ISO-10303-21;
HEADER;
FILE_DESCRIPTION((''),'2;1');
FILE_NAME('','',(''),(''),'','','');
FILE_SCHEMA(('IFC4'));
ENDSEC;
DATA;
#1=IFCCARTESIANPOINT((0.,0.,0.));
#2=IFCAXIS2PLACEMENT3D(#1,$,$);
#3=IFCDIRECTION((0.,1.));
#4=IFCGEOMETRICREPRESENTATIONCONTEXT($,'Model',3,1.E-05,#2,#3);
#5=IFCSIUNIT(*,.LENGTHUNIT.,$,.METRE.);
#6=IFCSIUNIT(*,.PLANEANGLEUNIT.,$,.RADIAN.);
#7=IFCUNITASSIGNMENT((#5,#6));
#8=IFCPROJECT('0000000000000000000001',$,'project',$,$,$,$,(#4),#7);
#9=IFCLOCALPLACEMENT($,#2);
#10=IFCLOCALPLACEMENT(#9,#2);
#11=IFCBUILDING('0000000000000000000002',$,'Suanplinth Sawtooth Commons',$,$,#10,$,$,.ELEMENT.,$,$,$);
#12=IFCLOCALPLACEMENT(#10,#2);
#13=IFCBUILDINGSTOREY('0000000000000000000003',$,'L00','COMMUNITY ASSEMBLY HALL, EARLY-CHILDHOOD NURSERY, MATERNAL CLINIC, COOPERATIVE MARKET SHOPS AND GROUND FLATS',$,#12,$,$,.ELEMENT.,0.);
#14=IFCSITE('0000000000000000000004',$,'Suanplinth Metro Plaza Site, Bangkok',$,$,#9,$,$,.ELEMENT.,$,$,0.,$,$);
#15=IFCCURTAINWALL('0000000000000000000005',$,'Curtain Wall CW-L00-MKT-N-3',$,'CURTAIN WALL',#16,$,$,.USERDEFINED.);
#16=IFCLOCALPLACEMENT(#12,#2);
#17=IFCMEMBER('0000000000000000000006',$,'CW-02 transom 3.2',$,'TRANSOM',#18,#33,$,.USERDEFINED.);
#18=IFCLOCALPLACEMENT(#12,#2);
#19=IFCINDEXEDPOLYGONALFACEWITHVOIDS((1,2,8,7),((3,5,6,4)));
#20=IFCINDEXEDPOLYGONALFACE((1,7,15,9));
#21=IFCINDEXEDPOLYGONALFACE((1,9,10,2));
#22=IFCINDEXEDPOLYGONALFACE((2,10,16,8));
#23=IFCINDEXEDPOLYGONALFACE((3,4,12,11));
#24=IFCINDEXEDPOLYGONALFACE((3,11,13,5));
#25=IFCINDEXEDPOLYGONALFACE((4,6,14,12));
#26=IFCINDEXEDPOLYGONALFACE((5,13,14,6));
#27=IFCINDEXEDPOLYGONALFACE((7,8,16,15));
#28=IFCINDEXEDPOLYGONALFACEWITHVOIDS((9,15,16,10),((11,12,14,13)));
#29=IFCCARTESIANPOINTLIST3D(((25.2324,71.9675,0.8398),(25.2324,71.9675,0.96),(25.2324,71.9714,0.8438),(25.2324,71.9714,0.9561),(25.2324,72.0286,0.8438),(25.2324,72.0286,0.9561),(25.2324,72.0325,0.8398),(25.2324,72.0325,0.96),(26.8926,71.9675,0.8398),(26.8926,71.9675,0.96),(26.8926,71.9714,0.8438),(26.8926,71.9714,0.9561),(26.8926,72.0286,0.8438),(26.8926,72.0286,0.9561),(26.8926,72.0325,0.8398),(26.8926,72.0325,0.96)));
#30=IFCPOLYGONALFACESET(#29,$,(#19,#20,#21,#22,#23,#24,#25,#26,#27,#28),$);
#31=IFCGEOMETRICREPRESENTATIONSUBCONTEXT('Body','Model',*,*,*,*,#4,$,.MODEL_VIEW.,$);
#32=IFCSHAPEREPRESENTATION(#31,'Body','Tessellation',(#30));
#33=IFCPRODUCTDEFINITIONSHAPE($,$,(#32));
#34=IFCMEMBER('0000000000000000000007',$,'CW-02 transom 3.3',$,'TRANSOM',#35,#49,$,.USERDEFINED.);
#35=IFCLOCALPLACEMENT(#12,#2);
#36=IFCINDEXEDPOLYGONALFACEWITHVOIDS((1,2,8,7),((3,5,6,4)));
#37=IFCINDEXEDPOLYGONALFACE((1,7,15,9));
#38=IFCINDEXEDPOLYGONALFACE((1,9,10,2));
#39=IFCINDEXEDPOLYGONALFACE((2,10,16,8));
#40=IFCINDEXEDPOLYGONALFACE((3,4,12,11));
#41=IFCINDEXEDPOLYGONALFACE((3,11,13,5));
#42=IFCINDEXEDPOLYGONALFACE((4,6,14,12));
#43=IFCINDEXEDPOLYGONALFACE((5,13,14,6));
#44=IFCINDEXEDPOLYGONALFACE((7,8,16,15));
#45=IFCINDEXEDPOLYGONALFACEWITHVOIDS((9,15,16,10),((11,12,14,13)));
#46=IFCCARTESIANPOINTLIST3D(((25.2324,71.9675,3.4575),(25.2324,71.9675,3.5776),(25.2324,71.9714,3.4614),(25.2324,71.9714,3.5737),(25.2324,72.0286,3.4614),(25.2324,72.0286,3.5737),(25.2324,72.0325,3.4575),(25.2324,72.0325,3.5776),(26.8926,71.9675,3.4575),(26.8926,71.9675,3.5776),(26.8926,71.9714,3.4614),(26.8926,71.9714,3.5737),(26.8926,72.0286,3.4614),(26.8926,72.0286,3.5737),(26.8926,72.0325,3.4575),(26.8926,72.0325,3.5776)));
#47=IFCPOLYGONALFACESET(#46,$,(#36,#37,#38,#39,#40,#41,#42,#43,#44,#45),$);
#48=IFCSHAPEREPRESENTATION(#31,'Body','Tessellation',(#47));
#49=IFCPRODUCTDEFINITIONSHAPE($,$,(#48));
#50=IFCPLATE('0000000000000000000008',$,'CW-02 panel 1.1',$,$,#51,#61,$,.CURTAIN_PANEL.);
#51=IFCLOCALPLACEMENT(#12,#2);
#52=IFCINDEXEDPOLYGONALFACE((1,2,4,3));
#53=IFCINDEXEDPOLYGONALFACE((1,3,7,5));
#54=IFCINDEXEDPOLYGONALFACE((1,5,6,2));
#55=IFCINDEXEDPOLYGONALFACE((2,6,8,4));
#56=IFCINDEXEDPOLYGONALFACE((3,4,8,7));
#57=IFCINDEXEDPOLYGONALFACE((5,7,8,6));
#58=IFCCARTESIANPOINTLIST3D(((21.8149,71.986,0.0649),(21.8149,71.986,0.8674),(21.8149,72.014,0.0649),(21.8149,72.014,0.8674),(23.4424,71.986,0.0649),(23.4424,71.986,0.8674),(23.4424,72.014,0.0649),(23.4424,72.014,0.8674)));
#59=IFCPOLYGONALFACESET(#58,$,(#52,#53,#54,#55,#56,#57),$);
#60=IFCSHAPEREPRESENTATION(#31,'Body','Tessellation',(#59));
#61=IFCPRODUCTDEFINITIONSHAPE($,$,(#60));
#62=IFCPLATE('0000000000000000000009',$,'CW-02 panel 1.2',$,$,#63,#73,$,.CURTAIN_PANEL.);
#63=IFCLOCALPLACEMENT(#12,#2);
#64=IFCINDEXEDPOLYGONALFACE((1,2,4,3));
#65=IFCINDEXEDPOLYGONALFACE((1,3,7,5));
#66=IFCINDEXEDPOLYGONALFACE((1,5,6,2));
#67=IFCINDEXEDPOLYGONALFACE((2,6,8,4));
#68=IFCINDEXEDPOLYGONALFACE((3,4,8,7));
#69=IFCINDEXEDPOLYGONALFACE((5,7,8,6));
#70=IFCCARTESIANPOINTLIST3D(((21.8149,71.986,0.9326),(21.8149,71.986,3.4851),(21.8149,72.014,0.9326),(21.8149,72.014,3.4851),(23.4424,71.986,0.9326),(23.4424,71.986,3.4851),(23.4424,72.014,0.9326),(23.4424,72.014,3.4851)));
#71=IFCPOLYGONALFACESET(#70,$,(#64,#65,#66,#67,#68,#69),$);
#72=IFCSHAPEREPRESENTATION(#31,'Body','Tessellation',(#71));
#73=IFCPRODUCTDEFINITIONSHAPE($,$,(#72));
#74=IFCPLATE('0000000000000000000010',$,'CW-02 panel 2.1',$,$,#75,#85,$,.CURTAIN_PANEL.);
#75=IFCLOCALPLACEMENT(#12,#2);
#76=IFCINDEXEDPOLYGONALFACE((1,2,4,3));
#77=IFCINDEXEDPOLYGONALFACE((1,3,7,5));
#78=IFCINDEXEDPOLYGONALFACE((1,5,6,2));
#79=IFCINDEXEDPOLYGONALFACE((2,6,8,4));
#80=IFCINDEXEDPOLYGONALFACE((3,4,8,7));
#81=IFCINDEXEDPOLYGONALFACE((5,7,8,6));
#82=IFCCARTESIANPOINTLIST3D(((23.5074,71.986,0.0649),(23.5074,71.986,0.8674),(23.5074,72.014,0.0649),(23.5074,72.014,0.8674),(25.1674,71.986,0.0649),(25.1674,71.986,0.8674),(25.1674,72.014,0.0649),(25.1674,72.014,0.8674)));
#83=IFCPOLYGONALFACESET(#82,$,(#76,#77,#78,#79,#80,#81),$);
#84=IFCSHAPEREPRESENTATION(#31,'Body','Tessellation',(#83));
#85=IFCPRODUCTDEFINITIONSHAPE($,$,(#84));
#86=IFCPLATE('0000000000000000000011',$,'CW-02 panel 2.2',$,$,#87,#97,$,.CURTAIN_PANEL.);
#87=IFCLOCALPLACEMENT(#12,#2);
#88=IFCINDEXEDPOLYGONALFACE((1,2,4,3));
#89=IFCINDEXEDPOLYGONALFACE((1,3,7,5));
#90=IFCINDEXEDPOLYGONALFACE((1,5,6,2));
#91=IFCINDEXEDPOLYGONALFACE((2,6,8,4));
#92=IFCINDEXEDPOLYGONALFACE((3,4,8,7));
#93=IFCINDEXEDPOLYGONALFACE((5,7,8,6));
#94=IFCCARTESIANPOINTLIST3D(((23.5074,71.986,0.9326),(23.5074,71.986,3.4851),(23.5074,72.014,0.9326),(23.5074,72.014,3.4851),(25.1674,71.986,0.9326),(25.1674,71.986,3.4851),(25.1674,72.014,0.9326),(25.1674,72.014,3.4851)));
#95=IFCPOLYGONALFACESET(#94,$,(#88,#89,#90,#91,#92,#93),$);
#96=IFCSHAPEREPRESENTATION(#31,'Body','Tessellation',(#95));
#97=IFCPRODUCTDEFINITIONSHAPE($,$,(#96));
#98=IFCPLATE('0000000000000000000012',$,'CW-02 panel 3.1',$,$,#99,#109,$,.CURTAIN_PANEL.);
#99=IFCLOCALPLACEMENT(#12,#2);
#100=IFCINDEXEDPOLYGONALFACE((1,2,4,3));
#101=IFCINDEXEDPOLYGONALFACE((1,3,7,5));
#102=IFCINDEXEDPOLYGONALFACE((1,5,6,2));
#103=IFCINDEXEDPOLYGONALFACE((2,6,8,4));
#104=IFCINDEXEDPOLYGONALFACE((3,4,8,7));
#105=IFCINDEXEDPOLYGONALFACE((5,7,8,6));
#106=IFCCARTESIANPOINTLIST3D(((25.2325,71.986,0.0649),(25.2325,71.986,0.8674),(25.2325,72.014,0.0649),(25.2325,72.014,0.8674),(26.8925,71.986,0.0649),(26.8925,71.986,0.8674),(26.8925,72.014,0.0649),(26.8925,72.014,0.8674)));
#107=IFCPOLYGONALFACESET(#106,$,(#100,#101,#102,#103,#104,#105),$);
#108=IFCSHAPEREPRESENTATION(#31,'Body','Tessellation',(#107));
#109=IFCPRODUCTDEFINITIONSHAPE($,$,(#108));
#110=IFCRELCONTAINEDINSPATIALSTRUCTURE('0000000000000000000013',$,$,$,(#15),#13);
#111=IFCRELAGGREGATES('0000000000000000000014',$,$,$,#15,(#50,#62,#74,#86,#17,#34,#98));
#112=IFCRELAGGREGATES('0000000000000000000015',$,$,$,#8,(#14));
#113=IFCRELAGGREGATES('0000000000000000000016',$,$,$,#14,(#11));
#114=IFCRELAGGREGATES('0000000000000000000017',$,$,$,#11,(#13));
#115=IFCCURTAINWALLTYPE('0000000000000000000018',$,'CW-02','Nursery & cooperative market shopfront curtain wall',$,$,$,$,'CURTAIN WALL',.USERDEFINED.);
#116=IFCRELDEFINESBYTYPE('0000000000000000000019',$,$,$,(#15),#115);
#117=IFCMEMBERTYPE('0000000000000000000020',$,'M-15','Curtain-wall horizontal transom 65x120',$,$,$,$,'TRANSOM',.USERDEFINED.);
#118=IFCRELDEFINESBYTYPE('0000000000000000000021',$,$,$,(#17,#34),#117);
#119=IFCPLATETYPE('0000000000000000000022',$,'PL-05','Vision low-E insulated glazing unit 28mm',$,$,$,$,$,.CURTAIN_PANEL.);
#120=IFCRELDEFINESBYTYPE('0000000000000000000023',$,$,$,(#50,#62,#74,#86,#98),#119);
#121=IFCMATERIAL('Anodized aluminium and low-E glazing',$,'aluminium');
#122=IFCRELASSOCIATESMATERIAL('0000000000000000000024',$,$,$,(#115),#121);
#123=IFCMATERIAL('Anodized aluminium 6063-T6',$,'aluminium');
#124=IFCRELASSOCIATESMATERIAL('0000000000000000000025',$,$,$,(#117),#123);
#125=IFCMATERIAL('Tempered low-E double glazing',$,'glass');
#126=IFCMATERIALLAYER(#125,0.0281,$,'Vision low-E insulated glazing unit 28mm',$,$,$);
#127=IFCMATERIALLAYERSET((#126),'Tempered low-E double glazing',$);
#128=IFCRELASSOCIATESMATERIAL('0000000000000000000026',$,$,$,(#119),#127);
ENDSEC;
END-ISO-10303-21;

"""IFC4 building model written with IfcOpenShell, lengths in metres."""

from ifc_helpers import new_model, si_unit, direction, frame, origin, origin_2d, place, context, subcontext, project, spatial, rectangle, hollow_rectangle, extrude, material, layer, layer_set, material_profile, profile_set, type_object, element, aggregate, save


model = new_model("IFC4")

# Units and contexts
model_context = context("Model", 3, precision=1e-05, world=origin(), true_north=direction((0.0, 1.0)))
body_context = subcontext(model_context, "Body", "Model", "MODEL_VIEW")
ifc_project = project(units=[si_unit("LENGTHUNIT", "METRE"), si_unit("PLANEANGLEUNIT", "RADIAN")], contexts=[model_context])

# Site, building, storey
site_placement = place(None, origin())
site = spatial("IfcSite", under=ifc_project, at=site_placement, Name="Suanplinth Metro Plaza Site, Bangkok", CompositionType="ELEMENT", RefElevation=0.0)
building_placement = place(site_placement, origin())
building = spatial("IfcBuilding", under=site, at=building_placement, Name="Suanplinth Sawtooth Commons", CompositionType="ELEMENT")
storey_placement = place(building_placement, origin())
storey = spatial("IfcBuildingStorey", under=building, at=storey_placement, Name="L00", Description="COMMUNITY ASSEMBLY HALL, EARLY-CHILDHOOD NURSERY, MATERNAL CLINIC, COOPERATIVE MARKET SHOPS AND GROUND FLATS", CompositionType="ELEMENT", Elevation=0.0)

# Curtain wall, members, plates
ifc_material_1 = material(Name="Anodized aluminium and low-E glazing", Category="aluminium")
curtain_wall_type = type_object("IfcCurtainWallType", Name="CW-02", Description="Nursery & cooperative market shopfront curtain wall", ElementType="CURTAIN WALL", PredefinedType="USERDEFINED", material=ifc_material_1)
curtain_wall_placement = place(storey_placement, origin())
curtain_wall = element("IfcCurtainWall", 1, at=curtain_wall_placement, inside=storey, type_object=curtain_wall_type, Name="Curtain Wall CW-L00-MKT-N-3", ObjectType="CURTAIN WALL", PredefinedType="USERDEFINED")
ifc_material_2 = material(Name="Anodized aluminium 6063-T6", Category="aluminium")
ifc_material_profile_1 = material_profile(ifc_material_2, hollow_rectangle(XDim=0.0649, YDim=0.1201, WallThickness=0.0039, at=origin_2d()), Name="ALU-TRN 65x120")
ifc_profile_set_1 = profile_set([ifc_material_profile_1], Name="Anodized aluminium 6063-T6")
member_type_1 = type_object("IfcMemberType", Name="M-15", Description="Curtain-wall horizontal transom 65x120", ElementType="TRANSOM", PredefinedType="USERDEFINED", material=ifc_profile_set_1)
member_1_placement = place(storey_placement, frame((25.2324, 72.0, 0.8999), z_axis=(1.0, 0.0, 0.0), x_axis=(0.0, 1.0, 0.0)))
member_1 = element("IfcMember", 2, at=member_1_placement, type_object=member_type_1, Name="CW-02 transom 3.2", ObjectType="TRANSOM", PredefinedType="USERDEFINED", context=body_context, shape_type="SweptSolid", body=[
    extrude(hollow_rectangle(XDim=0.0649, YDim=0.1201, WallThickness=0.0039, at=origin_2d()), origin(), (0.0, 0.0, 1.0), 1.6602),
])
member_2_placement = place(storey_placement, frame((25.2324, 72.0, 3.5176), z_axis=(1.0, 0.0, 0.0), x_axis=(0.0, 1.0, 0.0)))
member_2 = element("IfcMember", 3, at=member_2_placement, type_object=member_type_1, Name="CW-02 transom 3.3", ObjectType="TRANSOM", PredefinedType="USERDEFINED", context=body_context, shape_type="SweptSolid", body=[
    extrude(hollow_rectangle(XDim=0.0649, YDim=0.1201, WallThickness=0.0039, at=origin_2d()), origin(), (0.0, 0.0, 1.0), 1.6602),
])
ifc_material_3 = material(Name="Tempered low-E double glazing", Category="glass")
ifc_layer = layer(ifc_material_3, 0.0281, Name="Vision low-E insulated glazing unit 28mm")
ifc_layer_set = layer_set([ifc_layer], Name="Tempered low-E double glazing")
plate_type = type_object("IfcPlateType", Name="PL-05", Description="Vision low-E insulated glazing unit 28mm", PredefinedType="CURTAIN_PANEL", material=ifc_layer_set)
plate_1_placement = place(storey_placement, frame((22.6287, 72.0, 0.0649), z_axis=(0.0, 0.0, 1.0), x_axis=(1.0, 0.0, 0.0)))
plate_1 = element("IfcPlate", 4, at=plate_1_placement, type_object=plate_type, Name="CW-02 panel 1.1", PredefinedType="CURTAIN_PANEL", context=body_context, shape_type="SweptSolid", body=[
    extrude(rectangle(XDim=1.6274, YDim=0.0281, at=origin_2d()), origin(), (0.0, 0.0, 1.0), 0.8025),
])
plate_2_placement = place(storey_placement, frame((22.6287, 72.0, 0.9326), z_axis=(0.0, 0.0, 1.0), x_axis=(1.0, 0.0, 0.0)))
plate_2 = element("IfcPlate", 5, at=plate_2_placement, type_object=plate_type, Name="CW-02 panel 1.2", PredefinedType="CURTAIN_PANEL", context=body_context, shape_type="SweptSolid", body=[
    extrude(rectangle(XDim=1.6274, YDim=0.0281, at=origin_2d()), origin(), (0.0, 0.0, 1.0), 2.5525),
])
plate_3_placement = place(storey_placement, frame((24.3374, 72.0, 0.0649), z_axis=(0.0, 0.0, 1.0), x_axis=(1.0, 0.0, 0.0)))
plate_3 = element("IfcPlate", 6, at=plate_3_placement, type_object=plate_type, Name="CW-02 panel 2.1", PredefinedType="CURTAIN_PANEL", context=body_context, shape_type="SweptSolid", body=[
    extrude(rectangle(XDim=1.6599, YDim=0.0281, at=origin_2d()), origin(), (0.0, 0.0, 1.0), 0.8025),
])
plate_4_placement = place(storey_placement, frame((24.3374, 72.0, 0.9326), z_axis=(0.0, 0.0, 1.0), x_axis=(1.0, 0.0, 0.0)))
plate_4 = element("IfcPlate", 7, at=plate_4_placement, type_object=plate_type, Name="CW-02 panel 2.2", PredefinedType="CURTAIN_PANEL", context=body_context, shape_type="SweptSolid", body=[
    extrude(rectangle(XDim=1.6599, YDim=0.0281, at=origin_2d()), origin(), (0.0, 0.0, 1.0), 2.5525),
])
plate_5_placement = place(storey_placement, frame((26.0625, 72.0, 0.0649), z_axis=(0.0, 0.0, 1.0), x_axis=(1.0, 0.0, 0.0)))
plate_5 = element("IfcPlate", 8, at=plate_5_placement, type_object=plate_type, Name="CW-02 panel 3.1", PredefinedType="CURTAIN_PANEL", context=body_context, shape_type="SweptSolid", body=[
    extrude(rectangle(XDim=1.6599, YDim=0.0281, at=origin_2d()), origin(), (0.0, 0.0, 1.0), 0.8025),
])
aggregate(curtain_wall, [plate_1, plate_2, plate_3, plate_4, member_1, member_2, plate_5])

save(model, "model.ifc")
